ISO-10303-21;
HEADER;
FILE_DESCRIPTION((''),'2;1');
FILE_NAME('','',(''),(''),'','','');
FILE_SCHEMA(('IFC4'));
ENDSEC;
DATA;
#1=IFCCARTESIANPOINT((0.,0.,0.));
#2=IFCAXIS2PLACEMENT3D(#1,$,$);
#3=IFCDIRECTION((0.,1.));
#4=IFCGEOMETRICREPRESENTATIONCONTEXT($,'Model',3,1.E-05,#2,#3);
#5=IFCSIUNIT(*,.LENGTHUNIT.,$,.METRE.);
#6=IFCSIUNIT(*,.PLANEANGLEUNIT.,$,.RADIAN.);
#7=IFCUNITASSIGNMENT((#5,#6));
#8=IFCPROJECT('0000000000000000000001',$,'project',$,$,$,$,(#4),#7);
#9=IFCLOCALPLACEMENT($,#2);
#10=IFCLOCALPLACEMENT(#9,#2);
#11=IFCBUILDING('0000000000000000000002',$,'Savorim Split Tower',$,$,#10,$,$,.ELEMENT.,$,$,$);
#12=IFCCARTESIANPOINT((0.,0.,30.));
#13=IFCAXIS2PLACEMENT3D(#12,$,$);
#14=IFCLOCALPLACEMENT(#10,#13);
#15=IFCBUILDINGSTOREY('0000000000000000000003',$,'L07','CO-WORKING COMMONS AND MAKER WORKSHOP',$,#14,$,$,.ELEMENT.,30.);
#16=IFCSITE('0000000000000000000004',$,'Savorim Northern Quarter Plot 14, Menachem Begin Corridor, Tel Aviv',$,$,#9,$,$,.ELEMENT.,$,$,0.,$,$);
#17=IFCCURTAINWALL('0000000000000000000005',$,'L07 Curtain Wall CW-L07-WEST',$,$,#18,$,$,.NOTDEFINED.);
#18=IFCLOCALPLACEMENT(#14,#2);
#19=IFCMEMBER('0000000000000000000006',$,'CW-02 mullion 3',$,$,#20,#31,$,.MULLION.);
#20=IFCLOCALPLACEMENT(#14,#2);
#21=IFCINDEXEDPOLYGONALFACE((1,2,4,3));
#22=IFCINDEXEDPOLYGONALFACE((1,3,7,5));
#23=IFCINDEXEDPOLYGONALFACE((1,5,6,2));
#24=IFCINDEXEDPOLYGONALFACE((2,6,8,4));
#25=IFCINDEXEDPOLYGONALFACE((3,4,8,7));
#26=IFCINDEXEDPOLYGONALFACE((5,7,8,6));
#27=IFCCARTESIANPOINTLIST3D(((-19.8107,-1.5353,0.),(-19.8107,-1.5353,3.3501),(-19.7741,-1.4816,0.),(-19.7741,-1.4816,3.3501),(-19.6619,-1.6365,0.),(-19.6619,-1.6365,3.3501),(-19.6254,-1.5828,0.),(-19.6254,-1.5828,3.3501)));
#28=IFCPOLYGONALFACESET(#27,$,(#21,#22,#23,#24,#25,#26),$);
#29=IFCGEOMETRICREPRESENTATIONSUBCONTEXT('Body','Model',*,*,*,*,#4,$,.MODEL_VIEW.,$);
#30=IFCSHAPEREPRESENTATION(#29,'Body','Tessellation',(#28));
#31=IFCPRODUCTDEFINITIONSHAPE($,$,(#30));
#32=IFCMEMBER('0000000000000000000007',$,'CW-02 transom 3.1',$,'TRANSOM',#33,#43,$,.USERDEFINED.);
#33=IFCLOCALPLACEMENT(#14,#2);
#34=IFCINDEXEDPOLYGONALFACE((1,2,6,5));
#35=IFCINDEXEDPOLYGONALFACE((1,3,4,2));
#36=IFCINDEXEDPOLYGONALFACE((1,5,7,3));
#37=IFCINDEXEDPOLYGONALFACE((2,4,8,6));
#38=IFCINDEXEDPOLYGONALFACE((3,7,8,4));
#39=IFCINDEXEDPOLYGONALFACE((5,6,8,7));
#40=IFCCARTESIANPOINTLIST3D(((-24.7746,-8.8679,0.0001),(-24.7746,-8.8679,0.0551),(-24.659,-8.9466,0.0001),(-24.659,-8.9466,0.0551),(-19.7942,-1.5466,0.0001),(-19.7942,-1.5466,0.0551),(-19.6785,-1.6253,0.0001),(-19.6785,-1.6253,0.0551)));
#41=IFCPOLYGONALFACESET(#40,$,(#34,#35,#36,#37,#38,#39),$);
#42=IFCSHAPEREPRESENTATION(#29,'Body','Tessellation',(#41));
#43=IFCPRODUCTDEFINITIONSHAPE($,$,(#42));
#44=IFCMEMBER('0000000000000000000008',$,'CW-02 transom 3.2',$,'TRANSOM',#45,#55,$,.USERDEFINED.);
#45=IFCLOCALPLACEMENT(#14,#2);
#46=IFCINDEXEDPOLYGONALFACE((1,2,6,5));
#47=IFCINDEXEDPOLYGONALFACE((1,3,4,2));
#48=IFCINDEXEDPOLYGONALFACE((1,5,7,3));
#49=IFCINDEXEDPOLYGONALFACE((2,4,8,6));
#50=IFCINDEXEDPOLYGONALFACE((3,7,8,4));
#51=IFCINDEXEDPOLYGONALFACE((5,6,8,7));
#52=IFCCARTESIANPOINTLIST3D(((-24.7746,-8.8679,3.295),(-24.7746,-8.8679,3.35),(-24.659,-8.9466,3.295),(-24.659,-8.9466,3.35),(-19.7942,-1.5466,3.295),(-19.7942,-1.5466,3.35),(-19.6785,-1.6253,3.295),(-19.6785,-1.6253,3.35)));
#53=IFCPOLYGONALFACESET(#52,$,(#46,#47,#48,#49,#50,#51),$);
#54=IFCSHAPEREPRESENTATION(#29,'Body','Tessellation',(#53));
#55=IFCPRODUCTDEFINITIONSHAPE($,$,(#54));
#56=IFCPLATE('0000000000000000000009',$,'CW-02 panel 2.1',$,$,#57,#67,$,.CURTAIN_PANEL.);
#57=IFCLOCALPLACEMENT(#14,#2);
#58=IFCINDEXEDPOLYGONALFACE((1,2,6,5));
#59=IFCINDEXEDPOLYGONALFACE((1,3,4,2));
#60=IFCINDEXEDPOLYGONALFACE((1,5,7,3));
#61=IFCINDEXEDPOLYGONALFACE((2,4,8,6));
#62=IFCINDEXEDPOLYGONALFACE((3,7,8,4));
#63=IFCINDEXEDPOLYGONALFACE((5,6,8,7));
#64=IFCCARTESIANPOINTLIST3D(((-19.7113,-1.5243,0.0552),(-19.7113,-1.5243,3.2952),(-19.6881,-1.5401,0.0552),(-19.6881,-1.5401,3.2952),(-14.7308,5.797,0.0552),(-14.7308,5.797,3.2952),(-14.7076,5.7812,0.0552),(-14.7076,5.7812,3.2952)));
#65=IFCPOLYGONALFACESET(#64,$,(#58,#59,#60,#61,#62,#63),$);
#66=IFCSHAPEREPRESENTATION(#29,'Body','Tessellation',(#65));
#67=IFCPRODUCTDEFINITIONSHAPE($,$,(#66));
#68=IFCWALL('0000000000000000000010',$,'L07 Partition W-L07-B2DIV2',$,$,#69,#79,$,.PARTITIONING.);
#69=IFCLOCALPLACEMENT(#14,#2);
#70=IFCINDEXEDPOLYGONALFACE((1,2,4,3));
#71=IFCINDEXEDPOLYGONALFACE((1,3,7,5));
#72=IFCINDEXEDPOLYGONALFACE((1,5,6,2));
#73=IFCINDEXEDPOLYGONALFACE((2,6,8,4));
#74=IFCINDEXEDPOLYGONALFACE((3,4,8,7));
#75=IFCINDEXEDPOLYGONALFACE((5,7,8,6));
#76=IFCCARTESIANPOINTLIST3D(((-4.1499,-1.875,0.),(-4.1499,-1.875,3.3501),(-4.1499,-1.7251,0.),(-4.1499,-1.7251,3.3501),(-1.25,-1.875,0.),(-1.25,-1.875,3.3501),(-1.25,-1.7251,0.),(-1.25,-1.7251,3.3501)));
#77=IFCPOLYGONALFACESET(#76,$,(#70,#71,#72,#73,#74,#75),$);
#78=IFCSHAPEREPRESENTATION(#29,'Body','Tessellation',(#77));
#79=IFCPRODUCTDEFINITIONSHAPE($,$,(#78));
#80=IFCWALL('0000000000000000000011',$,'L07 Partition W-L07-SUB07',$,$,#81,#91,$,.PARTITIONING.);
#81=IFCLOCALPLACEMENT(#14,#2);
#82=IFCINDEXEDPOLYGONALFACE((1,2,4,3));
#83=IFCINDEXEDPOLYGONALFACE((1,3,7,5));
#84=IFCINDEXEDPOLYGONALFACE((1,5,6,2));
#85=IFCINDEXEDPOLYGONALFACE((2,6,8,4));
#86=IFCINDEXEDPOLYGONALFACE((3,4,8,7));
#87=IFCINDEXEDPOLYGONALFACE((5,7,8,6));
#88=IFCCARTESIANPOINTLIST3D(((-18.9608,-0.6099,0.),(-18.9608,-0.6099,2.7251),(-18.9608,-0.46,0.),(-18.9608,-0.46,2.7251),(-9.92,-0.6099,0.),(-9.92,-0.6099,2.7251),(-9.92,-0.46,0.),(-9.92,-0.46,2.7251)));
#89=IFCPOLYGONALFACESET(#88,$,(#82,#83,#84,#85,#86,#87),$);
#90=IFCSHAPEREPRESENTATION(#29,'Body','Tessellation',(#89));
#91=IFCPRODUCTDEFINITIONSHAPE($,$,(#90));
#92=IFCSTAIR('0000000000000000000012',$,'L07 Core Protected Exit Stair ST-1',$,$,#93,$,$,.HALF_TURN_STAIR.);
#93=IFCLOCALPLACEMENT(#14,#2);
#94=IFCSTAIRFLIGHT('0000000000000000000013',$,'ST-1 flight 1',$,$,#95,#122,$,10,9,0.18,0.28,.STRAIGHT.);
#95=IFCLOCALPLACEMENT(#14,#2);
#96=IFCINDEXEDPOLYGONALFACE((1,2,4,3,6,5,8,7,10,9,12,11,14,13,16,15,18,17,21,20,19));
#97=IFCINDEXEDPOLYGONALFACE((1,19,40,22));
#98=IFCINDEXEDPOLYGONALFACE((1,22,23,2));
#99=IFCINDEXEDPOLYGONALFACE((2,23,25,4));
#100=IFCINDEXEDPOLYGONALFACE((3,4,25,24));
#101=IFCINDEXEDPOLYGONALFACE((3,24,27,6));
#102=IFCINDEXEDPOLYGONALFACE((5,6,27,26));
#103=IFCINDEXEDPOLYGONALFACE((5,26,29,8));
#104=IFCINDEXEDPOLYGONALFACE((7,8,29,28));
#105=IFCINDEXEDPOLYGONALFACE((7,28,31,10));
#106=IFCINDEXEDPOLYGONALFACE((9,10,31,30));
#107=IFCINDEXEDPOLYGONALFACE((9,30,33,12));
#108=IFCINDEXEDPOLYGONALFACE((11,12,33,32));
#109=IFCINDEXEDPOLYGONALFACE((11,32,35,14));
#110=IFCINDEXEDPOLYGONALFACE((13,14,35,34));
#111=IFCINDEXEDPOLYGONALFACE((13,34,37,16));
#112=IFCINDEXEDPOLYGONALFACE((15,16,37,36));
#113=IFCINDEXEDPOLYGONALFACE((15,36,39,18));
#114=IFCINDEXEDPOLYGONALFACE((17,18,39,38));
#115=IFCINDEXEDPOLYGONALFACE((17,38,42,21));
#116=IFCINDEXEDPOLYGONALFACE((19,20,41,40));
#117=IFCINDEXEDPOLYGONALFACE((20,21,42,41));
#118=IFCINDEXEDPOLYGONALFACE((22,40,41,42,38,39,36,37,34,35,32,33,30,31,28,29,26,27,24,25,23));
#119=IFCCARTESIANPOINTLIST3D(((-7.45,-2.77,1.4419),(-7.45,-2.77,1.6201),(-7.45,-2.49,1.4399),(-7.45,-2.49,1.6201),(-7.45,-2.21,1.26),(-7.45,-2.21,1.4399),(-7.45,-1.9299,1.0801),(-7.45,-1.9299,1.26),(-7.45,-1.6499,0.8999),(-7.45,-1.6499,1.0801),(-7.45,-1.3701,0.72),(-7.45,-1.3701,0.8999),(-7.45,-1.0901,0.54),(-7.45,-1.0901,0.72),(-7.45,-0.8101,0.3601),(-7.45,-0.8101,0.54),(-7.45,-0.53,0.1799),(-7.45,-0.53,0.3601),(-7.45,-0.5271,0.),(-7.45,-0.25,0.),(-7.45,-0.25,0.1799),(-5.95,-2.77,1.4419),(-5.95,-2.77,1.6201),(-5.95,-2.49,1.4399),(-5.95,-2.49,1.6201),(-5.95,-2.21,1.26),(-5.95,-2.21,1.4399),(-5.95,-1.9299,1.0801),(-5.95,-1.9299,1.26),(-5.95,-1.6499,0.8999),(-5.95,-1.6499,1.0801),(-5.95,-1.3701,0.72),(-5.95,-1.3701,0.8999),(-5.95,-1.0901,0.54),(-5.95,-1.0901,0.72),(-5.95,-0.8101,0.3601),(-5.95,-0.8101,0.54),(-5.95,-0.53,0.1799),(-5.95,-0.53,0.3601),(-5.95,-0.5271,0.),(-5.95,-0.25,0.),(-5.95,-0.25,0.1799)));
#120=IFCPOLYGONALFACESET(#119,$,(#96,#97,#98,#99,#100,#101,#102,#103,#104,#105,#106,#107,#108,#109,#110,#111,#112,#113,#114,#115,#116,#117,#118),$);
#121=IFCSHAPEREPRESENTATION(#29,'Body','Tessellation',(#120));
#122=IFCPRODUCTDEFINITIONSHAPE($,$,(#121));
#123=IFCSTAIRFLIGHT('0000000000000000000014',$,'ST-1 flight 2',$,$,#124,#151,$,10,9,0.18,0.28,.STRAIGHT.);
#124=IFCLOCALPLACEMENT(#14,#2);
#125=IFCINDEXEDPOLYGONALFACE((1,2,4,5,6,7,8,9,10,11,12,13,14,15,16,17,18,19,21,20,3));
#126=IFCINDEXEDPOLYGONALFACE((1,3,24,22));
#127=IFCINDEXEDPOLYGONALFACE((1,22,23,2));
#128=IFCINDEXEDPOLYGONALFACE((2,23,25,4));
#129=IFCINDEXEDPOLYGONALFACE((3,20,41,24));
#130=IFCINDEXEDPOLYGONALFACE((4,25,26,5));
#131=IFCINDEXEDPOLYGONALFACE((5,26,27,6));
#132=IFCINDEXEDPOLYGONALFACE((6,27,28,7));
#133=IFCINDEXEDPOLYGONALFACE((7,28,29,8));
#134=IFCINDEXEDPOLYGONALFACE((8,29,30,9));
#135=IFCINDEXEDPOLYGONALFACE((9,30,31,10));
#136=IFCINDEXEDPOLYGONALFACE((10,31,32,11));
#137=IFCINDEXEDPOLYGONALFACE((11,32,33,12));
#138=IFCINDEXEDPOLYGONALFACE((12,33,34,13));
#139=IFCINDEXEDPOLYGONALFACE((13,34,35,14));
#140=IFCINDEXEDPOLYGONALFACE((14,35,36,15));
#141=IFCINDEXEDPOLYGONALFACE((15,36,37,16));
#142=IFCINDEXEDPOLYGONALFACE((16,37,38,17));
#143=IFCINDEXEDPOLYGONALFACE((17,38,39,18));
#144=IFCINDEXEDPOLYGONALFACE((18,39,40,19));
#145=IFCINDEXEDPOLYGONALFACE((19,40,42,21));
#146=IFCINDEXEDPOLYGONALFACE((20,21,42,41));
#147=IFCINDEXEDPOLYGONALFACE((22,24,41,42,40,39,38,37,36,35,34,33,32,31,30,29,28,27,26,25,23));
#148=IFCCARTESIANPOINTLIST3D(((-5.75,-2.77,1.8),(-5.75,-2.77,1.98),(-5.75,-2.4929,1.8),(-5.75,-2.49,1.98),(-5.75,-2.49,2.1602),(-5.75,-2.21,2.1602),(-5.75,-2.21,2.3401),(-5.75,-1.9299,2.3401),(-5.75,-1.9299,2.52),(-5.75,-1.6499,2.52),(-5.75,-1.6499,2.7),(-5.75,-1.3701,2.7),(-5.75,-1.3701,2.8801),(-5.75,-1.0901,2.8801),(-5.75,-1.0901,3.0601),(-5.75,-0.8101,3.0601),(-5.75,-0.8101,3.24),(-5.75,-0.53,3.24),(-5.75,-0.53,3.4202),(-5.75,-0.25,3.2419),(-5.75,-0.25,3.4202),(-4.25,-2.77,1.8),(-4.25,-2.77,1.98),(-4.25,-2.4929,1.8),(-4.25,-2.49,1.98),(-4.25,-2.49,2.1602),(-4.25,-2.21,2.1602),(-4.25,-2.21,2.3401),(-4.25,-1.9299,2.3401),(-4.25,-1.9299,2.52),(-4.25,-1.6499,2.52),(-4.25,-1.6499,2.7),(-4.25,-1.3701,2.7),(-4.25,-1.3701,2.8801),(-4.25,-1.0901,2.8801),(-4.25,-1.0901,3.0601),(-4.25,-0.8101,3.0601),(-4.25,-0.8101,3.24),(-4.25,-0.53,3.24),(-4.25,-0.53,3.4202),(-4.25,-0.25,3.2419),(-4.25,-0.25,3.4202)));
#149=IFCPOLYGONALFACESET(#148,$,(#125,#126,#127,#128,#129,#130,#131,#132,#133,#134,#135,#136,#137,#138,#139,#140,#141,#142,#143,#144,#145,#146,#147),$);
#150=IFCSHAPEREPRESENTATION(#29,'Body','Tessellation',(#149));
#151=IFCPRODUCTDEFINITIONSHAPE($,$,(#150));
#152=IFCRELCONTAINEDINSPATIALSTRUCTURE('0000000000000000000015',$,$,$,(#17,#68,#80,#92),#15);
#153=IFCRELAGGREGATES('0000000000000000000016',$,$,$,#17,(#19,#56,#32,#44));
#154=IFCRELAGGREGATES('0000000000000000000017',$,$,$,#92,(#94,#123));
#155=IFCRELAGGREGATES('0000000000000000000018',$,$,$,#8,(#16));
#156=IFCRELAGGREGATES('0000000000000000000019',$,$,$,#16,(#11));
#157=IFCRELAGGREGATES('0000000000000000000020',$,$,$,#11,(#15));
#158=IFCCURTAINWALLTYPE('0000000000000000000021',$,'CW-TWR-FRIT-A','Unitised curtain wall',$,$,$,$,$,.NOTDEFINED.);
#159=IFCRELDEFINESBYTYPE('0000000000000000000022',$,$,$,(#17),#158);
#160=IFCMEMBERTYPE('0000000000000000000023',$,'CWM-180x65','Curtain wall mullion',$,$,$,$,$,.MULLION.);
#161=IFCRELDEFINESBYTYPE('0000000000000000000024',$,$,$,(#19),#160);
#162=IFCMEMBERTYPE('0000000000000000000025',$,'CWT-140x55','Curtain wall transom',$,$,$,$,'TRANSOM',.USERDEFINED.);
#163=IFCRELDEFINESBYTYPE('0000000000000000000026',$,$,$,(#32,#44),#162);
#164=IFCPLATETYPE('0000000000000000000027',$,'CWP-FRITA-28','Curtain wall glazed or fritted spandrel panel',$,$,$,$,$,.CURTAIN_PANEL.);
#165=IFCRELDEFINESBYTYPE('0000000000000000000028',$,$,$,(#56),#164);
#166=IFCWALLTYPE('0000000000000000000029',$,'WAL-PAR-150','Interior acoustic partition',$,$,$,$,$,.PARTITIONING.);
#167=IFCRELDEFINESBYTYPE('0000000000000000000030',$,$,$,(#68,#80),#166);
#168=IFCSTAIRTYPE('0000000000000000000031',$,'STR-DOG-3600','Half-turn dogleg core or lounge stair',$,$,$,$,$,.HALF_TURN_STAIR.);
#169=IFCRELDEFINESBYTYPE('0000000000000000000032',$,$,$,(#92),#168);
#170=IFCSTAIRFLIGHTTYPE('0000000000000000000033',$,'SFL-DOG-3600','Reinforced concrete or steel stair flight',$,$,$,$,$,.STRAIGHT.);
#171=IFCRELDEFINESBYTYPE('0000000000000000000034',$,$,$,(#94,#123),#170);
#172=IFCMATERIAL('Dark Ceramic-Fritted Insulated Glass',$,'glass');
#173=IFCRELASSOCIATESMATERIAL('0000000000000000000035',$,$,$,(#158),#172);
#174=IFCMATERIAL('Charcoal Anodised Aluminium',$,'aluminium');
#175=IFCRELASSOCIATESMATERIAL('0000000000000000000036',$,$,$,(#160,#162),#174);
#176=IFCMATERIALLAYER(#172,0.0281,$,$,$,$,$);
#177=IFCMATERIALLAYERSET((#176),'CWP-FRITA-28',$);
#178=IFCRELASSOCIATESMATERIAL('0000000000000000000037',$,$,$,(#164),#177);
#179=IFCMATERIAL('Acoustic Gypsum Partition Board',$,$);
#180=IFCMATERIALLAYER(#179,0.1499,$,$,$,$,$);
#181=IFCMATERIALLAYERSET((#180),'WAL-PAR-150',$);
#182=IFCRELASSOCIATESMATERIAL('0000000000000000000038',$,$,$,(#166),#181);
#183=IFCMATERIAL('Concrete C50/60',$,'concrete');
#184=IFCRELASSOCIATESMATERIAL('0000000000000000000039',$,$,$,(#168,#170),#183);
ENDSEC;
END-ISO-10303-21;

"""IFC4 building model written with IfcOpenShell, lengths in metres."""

from ifc_helpers import new_model, si_unit, direction, frame, frame_2d, origin, origin_2d, place, context, subcontext, project, spatial, polyline, rectangle, outline, extrude, material, layer, layer_set, material_profile, profile_set, type_object, element, aggregate, save


model = new_model("IFC4")

# Units and contexts
model_context = context("Model", 3, precision=1e-05, world=origin(), true_north=direction((0.0, 1.0)))
body_context = subcontext(model_context, "Body", "Model", "MODEL_VIEW")
ifc_project = project(units=[si_unit("LENGTHUNIT", "METRE"), si_unit("PLANEANGLEUNIT", "RADIAN")], contexts=[model_context])

# Site, building, storey
site_placement = place(None, origin())
site = spatial("IfcSite", under=ifc_project, at=site_placement, Name="Savorim Northern Quarter Plot 14, Menachem Begin Corridor, Tel Aviv", CompositionType="ELEMENT", RefElevation=0.0)
building_placement = place(site_placement, origin())
building = spatial("IfcBuilding", under=site, at=building_placement, Name="Savorim Split Tower", CompositionType="ELEMENT")
storey_placement = place(building_placement, frame((0.0, 0.0, 30.0)))
storey = spatial("IfcBuildingStorey", under=building, at=storey_placement, Name="L07", Description="CO-WORKING COMMONS AND MAKER WORKSHOP", CompositionType="ELEMENT", Elevation=30.0)

# Curtain wall, members, plate
ifc_material_1 = material(Name="Dark Ceramic-Fritted Insulated Glass", Category="glass")
curtain_wall_type = type_object("IfcCurtainWallType", Name="CW-TWR-FRIT-A", Description="Unitised curtain wall", PredefinedType="NOTDEFINED", material=ifc_material_1)
curtain_wall_placement = place(storey_placement, origin())
curtain_wall = element("IfcCurtainWall", 1, at=curtain_wall_placement, inside=storey, type_object=curtain_wall_type, Name="L07 Curtain Wall CW-L07-WEST", PredefinedType="NOTDEFINED")
ifc_material_2 = material(Name="Charcoal Anodised Aluminium", Category="aluminium")
ifc_material_profile_1 = material_profile(ifc_material_2, rectangle(XDim=0.1799, YDim=0.0649, at=origin_2d()), Name="ALU-M 180x65")
ifc_profile_set_1 = profile_set([ifc_material_profile_1], Name="Charcoal Anodised Aluminium")
member_type_1 = type_object("IfcMemberType", Name="CWM-180x65", Description="Curtain wall mullion", PredefinedType="MULLION", material=ifc_profile_set_1)
member_1_placement = place(storey_placement, frame((-19.718, -1.5591, 0.0), z_axis=(0.0, 0.0, 1.0), x_axis=(0.826821, -0.562465, 0.0)))
member_1 = element("IfcMember", 2, at=member_1_placement, type_object=member_type_1, Name="CW-02 mullion 3", PredefinedType="MULLION", context=body_context, shape_type="SweptSolid", body=[
    extrude(rectangle(XDim=0.1799, YDim=0.0649, at=origin_2d()), origin(), (0.0, 0.0, 1.0), 3.3501),
])
ifc_material_profile_2 = material_profile(ifc_material_2, rectangle(XDim=0.1399, YDim=0.0549, at=origin_2d()), Name="ALU-T 140x55")
ifc_profile_set_2 = profile_set([ifc_material_profile_2], Name="Charcoal Anodised Aluminium")
member_type_2 = type_object("IfcMemberType", Name="CWT-140x55", Description="Curtain wall transom", ElementType="TRANSOM", PredefinedType="USERDEFINED", material=ifc_profile_set_2)
member_2_placement = place(storey_placement, frame((-19.7363, -1.5859, 0.0276), z_axis=(-0.562464, -0.826822, 0.0), x_axis=(0.826822, -0.562464, 0.0)))
member_2 = element("IfcMember", 3, at=member_2_placement, type_object=member_type_2, Name="CW-02 transom 3.1", ObjectType="TRANSOM", PredefinedType="USERDEFINED", context=body_context, shape_type="SweptSolid", body=[
    extrude(rectangle(XDim=0.1399, YDim=0.0549, at=origin_2d()), origin(), (0.0, 0.0, 1.0), 8.8547),
])
member_3_placement = place(storey_placement, frame((-19.7363, -1.5859, 3.3225), z_axis=(-0.562464, -0.826822, 0.0), x_axis=(0.826822, -0.562464, 0.0)))
member_3 = element("IfcMember", 4, at=member_3_placement, type_object=member_type_2, Name="CW-02 transom 3.2", ObjectType="TRANSOM", PredefinedType="USERDEFINED", context=body_context, shape_type="SweptSolid", body=[
    extrude(rectangle(XDim=0.1399, YDim=0.0549, at=origin_2d()), origin(), (0.0, 0.0, 1.0), 8.8547),
])
ifc_layer_1 = layer(ifc_material_1, 0.0281)
ifc_layer_set_1 = layer_set([ifc_layer_1], Name="CWP-FRITA-28")
plate_type = type_object("IfcPlateType", Name="CWP-FRITA-28", Description="Curtain wall glazed or fritted spandrel panel", PredefinedType="CURTAIN_PANEL", material=ifc_layer_set_1)
plate_placement = place(storey_placement, frame((-17.2095, 2.1284, 0.0552), z_axis=(0.0, 0.0, 1.0), x_axis=(-0.562465, -0.826821, 0.0)))
plate = element("IfcPlate", 5, at=plate_placement, type_object=plate_type, Name="CW-02 panel 2.1", PredefinedType="CURTAIN_PANEL", context=body_context, shape_type="SweptSolid", body=[
    extrude(rectangle(XDim=8.8547, YDim=0.0281, at=origin_2d()), origin(), (0.0, 0.0, 1.0), 3.24),
])
aggregate(curtain_wall, [member_1, plate, member_2, member_3])

# Shared definitions
ifc_material_3 = material(Name="Concrete C50/60", Category="concrete")

# Walls
ifc_material_4 = material(Name="Acoustic Gypsum Partition Board")
ifc_layer_2 = layer(ifc_material_4, 0.1499)
ifc_layer_set_2 = layer_set([ifc_layer_2], Name="WAL-PAR-150")
wall_type_1 = type_object("IfcWallType", Name="WAL-PAR-150", Description="Interior acoustic partition", PredefinedType="PARTITIONING", material=ifc_layer_set_2)
wall_1_placement = place(storey_placement, frame((-4.1499, -1.8, 0.0), z_axis=(0.0, 0.0, 1.0), x_axis=(1.0, 0.0, 0.0)))
element("IfcWall", 6, at=wall_1_placement, inside=storey, type_object=wall_type_1, Name="L07 Partition W-L07-B2DIV2", PredefinedType="PARTITIONING", context=body_context, shape_type="SweptSolid", body=[
    extrude(rectangle(XDim=2.8999, YDim=0.1499, at=frame_2d((1.45, 0.0))), origin(), (0.0, 0.0, 1.0), 3.3501),
])
wall_2_placement = place(storey_placement, frame((-9.9199, -0.5349, 0.0), z_axis=(0.0, 0.0, 1.0), x_axis=(-1.0, 0.0, 0.0)))
element("IfcWall", 7, at=wall_2_placement, inside=storey, type_object=wall_type_1, Name="L07 Partition W-L07-SUB07", PredefinedType="PARTITIONING", context=body_context, shape_type="SweptSolid", body=[
    extrude(rectangle(XDim=9.0408, YDim=0.1499, at=frame_2d((4.5205, 0.0))), origin(), (0.0, 0.0, 1.0), 2.7251),
])

# Stair, stair flights
stair_type = type_object("IfcStairType", Name="STR-DOG-3600", Description="Half-turn dogleg core or lounge stair", PredefinedType="HALF_TURN_STAIR", material=ifc_material_3)
stair_placement = place(storey_placement, origin())
stair = element("IfcStair", 8, at=stair_placement, inside=storey, type_object=stair_type, Name="L07 Core Protected Exit Stair ST-1", PredefinedType="HALF_TURN_STAIR")
stair_flight_type = type_object("IfcStairFlightType", Name="SFL-DOG-3600", Description="Reinforced concrete or steel stair flight", PredefinedType="STRAIGHT", material=ifc_material_3)
stair_flight_1_placement = place(storey_placement, frame((-6.7, -0.25, 0.0), z_axis=(0.0, 0.0, 1.0), x_axis=(0.0, -1.0, 0.0)))
stair_flight_1 = element("IfcStairFlight", 9, at=stair_flight_1_placement, type_object=stair_flight_type, Name="ST-1 flight 1", NumberOfRisers=10, NumberOfTreads=9, PredefinedType="STRAIGHT", RiserHeight=0.18, TreadLength=0.28, context=body_context, shape_type="SweptSolid", body=[
    extrude(outline(polyline([(0.0, 0.0), (0.0, 0.1799), (0.28, 0.1799), (0.28, 0.3601), (0.5601, 0.3601), (0.5601, 0.54), (0.8401, 0.54), (0.8401, 0.72), (1.1201, 0.72), (1.1201, 0.8999), (1.3999, 0.8999), (1.3999, 1.0801), (1.6799, 1.0801), (1.6799, 1.26), (1.96, 1.26), (1.96, 1.4399), (2.24, 1.4399), (2.24, 1.6201), (2.52, 1.6201), (2.52, 1.8), (2.52, 1.4419), (0.2771, 0.0), (0.0, 0.0)])), frame((0.0, 0.75, 0.0), z_axis=(0.0, -1.0, 0.0), x_axis=(1.0, 0.0, 0.0)), (0.0, 0.0, 1.0), 1.5),
])
stair_flight_2_placement = place(storey_placement, frame((-5.0, -2.77, 1.8), z_axis=(0.0, 0.0, 1.0), x_axis=(0.0, 1.0, 0.0)))
stair_flight_2 = element("IfcStairFlight", 10, at=stair_flight_2_placement, type_object=stair_flight_type, Name="ST-1 flight 2", NumberOfRisers=10, NumberOfTreads=9, PredefinedType="STRAIGHT", RiserHeight=0.18, TreadLength=0.28, context=body_context, shape_type="SweptSolid", body=[
    extrude(outline(polyline([(0.0, 0.0), (0.0, 0.1799), (0.28, 0.1799), (0.28, 0.3601), (0.5601, 0.3601), (0.5601, 0.54), (0.8401, 0.54), (0.8401, 0.72), (1.1201, 0.72), (1.1201, 0.8999), (1.3999, 0.8999), (1.3999, 1.0801), (1.6799, 1.0801), (1.6799, 1.26), (1.96, 1.26), (1.96, 1.4399), (2.24, 1.4399), (2.24, 1.6201), (2.52, 1.6201), (2.52, 1.8), (2.52, 1.4419), (0.2771, 0.0), (0.0, 0.0)])), frame((0.0, 0.75, 0.0), z_axis=(0.0, -1.0, 0.0), x_axis=(1.0, 0.0, 0.0)), (0.0, 0.0, 1.0), 1.5),
])
aggregate(stair, [stair_flight_1, stair_flight_2])

save(model, "model.ifc")
